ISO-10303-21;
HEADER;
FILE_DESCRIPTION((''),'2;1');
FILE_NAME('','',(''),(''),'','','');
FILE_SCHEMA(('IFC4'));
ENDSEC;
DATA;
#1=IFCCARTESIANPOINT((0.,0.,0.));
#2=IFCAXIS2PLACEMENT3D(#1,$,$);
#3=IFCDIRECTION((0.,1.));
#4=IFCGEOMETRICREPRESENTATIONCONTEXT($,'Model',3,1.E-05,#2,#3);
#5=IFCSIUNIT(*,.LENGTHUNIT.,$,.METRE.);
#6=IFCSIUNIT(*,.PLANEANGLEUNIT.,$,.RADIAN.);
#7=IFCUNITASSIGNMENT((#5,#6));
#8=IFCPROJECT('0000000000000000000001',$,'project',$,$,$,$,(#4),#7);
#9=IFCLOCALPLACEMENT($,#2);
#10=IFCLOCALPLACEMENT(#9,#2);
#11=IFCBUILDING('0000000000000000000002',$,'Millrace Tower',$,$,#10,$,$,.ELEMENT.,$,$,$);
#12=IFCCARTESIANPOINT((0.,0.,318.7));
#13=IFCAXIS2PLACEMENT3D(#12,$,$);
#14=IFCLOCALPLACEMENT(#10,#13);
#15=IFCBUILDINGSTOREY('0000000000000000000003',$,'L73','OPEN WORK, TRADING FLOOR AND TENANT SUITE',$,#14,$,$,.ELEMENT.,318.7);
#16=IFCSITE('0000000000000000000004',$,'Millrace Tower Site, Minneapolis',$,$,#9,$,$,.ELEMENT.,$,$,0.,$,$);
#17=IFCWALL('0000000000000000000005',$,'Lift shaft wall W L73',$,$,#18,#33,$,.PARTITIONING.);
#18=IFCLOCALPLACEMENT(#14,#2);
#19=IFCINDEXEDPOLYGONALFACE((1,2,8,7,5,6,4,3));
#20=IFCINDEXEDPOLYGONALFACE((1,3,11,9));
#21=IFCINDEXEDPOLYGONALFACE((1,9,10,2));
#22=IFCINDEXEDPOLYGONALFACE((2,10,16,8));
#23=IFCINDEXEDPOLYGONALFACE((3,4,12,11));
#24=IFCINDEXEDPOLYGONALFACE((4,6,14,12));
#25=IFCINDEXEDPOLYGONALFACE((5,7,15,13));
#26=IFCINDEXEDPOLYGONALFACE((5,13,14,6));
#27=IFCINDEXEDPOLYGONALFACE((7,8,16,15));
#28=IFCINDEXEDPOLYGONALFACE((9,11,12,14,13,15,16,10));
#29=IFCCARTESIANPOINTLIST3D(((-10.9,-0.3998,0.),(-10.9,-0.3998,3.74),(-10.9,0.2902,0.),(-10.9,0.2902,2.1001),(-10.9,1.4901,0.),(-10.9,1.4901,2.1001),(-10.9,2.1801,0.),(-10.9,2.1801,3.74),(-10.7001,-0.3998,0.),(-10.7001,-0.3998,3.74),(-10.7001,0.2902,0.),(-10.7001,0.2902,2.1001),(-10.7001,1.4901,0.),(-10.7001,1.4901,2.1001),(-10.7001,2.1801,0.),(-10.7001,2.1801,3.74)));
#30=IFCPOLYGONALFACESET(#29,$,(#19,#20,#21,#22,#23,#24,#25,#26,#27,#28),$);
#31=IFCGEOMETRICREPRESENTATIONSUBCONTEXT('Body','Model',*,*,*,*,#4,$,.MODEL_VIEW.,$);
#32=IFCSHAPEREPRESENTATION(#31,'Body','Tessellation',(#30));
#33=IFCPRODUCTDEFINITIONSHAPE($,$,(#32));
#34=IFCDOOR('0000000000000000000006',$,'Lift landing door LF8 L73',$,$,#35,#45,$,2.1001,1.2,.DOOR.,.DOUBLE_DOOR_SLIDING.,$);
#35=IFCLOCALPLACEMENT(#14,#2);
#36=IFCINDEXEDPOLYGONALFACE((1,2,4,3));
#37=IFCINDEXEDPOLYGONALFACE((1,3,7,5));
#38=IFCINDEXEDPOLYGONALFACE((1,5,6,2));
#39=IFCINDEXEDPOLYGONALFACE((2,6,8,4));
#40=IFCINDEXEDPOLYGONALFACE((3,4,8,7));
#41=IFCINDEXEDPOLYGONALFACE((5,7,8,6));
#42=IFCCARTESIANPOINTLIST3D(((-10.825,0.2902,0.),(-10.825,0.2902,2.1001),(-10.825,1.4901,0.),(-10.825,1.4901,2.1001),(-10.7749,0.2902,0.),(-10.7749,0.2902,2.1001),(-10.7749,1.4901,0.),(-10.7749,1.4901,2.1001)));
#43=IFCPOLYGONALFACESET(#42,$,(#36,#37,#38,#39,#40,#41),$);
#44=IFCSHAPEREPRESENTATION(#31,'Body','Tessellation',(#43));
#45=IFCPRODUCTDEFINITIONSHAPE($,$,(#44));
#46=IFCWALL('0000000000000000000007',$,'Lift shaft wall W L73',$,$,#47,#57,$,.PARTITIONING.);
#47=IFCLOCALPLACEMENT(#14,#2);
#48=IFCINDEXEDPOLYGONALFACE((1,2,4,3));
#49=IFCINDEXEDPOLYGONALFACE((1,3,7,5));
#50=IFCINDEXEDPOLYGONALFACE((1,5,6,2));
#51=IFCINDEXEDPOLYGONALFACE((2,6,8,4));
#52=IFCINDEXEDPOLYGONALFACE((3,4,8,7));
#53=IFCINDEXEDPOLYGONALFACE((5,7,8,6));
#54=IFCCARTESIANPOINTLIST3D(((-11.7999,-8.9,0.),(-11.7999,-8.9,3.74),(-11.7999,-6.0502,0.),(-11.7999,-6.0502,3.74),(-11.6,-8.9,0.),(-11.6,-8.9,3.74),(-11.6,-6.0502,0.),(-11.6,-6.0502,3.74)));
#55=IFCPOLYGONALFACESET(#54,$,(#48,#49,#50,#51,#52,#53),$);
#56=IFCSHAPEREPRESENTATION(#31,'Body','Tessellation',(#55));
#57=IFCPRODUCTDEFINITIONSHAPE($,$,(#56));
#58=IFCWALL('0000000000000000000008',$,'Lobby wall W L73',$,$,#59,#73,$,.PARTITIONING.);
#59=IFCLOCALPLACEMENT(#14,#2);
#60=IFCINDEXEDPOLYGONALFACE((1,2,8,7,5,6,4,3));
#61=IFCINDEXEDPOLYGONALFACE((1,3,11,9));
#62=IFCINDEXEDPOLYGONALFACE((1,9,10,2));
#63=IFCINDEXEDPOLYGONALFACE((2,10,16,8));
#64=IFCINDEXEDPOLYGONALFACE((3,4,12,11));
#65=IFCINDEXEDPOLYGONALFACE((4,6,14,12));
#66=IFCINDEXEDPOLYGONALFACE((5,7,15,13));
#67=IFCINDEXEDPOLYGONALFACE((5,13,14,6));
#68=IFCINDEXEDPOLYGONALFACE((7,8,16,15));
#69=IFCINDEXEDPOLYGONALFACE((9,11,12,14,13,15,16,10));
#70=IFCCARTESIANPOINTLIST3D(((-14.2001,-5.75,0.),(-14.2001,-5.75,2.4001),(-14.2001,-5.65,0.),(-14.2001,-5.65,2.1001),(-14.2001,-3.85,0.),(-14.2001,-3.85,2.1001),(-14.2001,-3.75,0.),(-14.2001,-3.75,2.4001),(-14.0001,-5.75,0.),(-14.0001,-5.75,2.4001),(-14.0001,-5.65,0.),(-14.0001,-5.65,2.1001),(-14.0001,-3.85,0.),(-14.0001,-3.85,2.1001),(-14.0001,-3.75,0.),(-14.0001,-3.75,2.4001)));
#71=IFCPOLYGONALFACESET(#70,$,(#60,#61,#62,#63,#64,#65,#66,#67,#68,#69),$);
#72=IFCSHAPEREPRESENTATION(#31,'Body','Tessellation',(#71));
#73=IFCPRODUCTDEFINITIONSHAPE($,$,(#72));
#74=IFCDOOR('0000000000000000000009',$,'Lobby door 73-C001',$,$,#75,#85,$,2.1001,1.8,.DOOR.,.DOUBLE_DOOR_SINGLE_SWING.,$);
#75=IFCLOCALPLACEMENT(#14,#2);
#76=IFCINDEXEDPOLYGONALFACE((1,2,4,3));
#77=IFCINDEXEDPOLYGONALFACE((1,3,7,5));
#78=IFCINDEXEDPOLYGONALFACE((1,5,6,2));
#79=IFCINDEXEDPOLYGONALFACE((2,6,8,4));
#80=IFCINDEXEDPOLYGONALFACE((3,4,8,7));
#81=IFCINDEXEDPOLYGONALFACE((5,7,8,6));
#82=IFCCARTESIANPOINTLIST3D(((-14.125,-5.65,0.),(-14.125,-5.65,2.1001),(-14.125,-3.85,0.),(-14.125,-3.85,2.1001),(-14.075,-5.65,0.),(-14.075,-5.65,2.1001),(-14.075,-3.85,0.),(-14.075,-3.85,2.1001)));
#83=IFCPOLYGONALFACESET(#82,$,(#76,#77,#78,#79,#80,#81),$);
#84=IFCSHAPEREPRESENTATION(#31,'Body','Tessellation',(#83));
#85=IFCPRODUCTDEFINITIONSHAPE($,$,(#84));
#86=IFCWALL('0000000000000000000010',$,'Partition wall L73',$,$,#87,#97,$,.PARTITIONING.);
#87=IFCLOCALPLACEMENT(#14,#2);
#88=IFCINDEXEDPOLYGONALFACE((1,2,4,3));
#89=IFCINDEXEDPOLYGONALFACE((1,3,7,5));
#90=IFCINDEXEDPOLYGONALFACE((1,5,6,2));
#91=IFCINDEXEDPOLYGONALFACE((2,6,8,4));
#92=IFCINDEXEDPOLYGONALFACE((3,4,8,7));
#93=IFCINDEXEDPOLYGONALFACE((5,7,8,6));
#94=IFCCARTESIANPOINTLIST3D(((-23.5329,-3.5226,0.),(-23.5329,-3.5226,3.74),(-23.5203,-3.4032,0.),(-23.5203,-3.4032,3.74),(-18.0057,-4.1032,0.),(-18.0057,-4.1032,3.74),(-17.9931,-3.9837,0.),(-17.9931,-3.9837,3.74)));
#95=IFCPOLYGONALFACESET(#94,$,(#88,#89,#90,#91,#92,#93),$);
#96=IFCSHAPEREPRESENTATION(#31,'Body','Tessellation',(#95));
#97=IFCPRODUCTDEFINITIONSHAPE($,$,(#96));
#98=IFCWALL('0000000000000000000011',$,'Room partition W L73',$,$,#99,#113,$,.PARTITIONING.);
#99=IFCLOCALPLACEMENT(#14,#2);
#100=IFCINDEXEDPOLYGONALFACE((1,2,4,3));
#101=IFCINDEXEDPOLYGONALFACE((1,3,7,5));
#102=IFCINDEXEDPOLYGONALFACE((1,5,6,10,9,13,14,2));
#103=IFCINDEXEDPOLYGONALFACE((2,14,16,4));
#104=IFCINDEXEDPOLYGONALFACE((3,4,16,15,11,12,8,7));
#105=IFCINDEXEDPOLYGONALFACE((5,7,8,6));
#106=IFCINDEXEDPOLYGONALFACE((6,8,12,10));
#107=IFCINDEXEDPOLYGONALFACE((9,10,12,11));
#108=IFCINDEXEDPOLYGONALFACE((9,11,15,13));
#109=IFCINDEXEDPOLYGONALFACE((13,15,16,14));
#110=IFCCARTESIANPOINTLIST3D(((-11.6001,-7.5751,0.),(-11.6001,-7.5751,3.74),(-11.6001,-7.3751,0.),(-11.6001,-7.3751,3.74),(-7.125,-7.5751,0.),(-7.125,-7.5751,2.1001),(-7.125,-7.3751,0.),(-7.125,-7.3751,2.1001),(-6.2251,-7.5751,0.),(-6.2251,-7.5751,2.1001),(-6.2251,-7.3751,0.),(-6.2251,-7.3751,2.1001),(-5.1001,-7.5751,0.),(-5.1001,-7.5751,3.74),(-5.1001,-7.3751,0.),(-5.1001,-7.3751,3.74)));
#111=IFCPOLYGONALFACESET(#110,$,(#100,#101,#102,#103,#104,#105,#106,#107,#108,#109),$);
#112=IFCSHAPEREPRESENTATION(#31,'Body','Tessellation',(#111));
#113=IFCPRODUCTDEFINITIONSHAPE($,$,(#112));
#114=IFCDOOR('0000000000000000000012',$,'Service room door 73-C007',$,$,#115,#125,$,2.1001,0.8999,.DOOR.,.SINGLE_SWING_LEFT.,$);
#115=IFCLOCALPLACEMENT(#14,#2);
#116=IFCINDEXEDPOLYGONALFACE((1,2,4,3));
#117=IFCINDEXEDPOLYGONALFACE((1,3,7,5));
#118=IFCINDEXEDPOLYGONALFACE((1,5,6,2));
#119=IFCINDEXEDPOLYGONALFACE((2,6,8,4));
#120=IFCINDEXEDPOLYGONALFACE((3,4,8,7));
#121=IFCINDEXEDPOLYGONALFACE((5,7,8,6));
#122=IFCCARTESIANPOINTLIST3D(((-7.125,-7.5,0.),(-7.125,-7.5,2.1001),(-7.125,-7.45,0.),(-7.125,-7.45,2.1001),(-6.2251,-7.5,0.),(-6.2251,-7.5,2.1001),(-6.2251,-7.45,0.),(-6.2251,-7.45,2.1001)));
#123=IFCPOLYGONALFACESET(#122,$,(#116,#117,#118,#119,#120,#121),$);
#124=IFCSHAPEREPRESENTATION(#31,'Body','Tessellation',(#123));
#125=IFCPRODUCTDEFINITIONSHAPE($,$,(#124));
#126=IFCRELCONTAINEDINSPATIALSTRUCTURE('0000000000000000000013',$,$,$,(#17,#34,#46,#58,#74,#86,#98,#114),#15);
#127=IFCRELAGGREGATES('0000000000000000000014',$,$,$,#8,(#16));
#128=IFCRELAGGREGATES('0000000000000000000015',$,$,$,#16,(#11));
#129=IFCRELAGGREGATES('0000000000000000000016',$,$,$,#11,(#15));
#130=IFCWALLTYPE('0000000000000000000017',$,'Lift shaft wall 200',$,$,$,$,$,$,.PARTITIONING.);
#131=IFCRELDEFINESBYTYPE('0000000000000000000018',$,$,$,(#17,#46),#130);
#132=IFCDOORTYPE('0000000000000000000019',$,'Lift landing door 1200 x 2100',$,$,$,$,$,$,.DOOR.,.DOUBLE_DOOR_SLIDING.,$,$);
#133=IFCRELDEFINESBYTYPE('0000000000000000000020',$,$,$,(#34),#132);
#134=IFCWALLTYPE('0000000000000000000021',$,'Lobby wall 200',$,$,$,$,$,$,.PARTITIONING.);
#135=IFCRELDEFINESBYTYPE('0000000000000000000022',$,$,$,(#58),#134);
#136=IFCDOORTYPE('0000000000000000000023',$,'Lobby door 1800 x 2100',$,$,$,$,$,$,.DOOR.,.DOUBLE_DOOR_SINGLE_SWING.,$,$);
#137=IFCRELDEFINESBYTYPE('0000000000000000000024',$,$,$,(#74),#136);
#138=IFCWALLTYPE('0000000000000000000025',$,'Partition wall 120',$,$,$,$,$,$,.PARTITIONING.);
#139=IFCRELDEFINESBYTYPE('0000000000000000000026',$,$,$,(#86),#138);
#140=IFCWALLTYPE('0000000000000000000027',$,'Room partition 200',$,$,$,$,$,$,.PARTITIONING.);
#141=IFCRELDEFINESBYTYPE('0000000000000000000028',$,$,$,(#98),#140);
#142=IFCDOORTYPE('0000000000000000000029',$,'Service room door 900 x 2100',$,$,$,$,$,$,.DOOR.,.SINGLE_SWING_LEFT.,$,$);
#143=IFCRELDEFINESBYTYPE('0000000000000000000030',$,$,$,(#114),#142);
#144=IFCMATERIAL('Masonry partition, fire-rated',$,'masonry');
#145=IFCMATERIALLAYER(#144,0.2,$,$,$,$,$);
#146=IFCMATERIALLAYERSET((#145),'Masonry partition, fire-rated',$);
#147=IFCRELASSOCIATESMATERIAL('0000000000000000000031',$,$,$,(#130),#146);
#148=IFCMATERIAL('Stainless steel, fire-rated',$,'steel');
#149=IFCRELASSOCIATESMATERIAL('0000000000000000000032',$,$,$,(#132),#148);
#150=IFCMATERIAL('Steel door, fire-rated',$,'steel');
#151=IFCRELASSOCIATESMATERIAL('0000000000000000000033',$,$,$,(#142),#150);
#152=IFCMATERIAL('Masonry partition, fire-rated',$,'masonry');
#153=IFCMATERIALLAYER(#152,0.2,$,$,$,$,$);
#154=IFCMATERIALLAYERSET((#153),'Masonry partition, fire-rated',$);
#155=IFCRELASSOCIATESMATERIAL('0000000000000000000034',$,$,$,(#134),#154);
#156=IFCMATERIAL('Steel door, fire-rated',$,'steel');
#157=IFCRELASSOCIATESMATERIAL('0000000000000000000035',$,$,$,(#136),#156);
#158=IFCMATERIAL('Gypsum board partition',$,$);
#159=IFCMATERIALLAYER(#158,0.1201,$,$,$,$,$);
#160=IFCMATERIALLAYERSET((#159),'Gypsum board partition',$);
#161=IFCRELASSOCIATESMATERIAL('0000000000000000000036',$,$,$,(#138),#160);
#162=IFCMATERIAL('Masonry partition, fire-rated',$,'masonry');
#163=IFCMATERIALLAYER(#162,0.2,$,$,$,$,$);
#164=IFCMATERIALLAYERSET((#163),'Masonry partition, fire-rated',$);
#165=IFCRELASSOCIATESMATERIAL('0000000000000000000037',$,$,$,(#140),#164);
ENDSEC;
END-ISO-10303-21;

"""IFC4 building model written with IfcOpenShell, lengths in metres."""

from ifc_helpers import new_model, si_unit, direction, frame, frame_2d, origin, place, context, subcontext, project, spatial, rectangle, extrude, material, layer, layer_set, type_object, element, fill, save


model = new_model("IFC4")

# Units and contexts
model_context = context("Model", 3, precision=1e-05, world=origin(), true_north=direction((0.0, 1.0)))
body_context = subcontext(model_context, "Body", "Model", "MODEL_VIEW")
ifc_project = project(units=[si_unit("LENGTHUNIT", "METRE"), si_unit("PLANEANGLEUNIT", "RADIAN")], contexts=[model_context])

# Site, building, storey
site_placement = place(None, origin())
site = spatial("IfcSite", under=ifc_project, at=site_placement, Name="Millrace Tower Site, Minneapolis", CompositionType="ELEMENT", RefElevation=0.0)
building_placement = place(site_placement, origin())
building = spatial("IfcBuilding", under=site, at=building_placement, Name="Millrace Tower", CompositionType="ELEMENT")
storey_placement = place(building_placement, frame((0.0, 0.0, 318.7)))
storey = spatial("IfcBuildingStorey", under=building, at=storey_placement, Name="L73", Description="OPEN WORK, TRADING FLOOR AND TENANT SUITE", CompositionType="ELEMENT", Elevation=318.7)

# Shared definitions
ifc_material_1 = material(Name="Masonry partition, fire-rated", Category="masonry")
ifc_layer_1 = layer(ifc_material_1, 0.2)
ifc_layer_set_1 = layer_set([ifc_layer_1], Name="Masonry partition, fire-rated")
wall_type_1 = type_object("IfcWallType", Name="Lift shaft wall 200", PredefinedType="PARTITIONING", material=ifc_layer_set_1)
ifc_material_2 = material(Name="Stainless steel, fire-rated", Category="steel")
door_type_1 = type_object("IfcDoorType", Name="Lift landing door 1200 x 2100", OperationType="DOUBLE_DOOR_SLIDING", PredefinedType="DOOR", material=ifc_material_2)
ifc_material_3 = material(Name="Steel door, fire-rated", Category="steel")
door_type_2 = type_object("IfcDoorType", Name="Service room door 900 x 2100", OperationType="SINGLE_SWING_LEFT", PredefinedType="DOOR", material=ifc_material_3)

# Wall, opening, door
wall_1_placement = place(storey_placement, frame((-10.8, -0.3999, 0.0), z_axis=(0.0, 0.0, 1.0), x_axis=(0.0, 1.0, 0.0)))
wall_1 = element("IfcWall", 1, at=wall_1_placement, inside=storey, type_object=wall_type_1, Name="Lift shaft wall W L73", PredefinedType="PARTITIONING", context=body_context, shape_type="SweptSolid", body=[
    extrude(rectangle(XDim=2.5798, YDim=0.2, at=frame_2d((1.29, 0.0))), origin(), (0.0, 0.0, 1.0), 3.74),
])
opening_1_placement = place(wall_1_placement, frame((0.6899, 0.0, 0.0)))
opening_1 = element("IfcOpeningElement", 2, at=opening_1_placement, cuts=wall_1, PredefinedType="OPENING", context=body_context, shape_type="SweptSolid", body=[
    extrude(rectangle(XDim=1.2, YDim=2.1001, at=frame_2d((0.6001, 1.05))), frame((0.0, 0.1099, 0.0), z_axis=(0.0, -1.0, 0.0), x_axis=(1.0, 0.0, 0.0)), (0.0, 0.0, 1.0), 0.22),
])
door_1_placement = place(opening_1_placement, origin())
door_1 = element("IfcDoor", 3, at=door_1_placement, inside=storey, type_object=door_type_1, Name="Lift landing door LF8 L73", OperationType="DOUBLE_DOOR_SLIDING", OverallHeight=2.1001, OverallWidth=1.2, PredefinedType="DOOR", context=body_context, shape_type="SweptSolid", body=[
    extrude(rectangle(XDim=1.2, YDim=2.1001, at=frame_2d((0.6001, 1.05))), frame((0.0, 0.0249, 0.0), z_axis=(0.0, -1.0, 0.0), x_axis=(1.0, 0.0, 0.0)), (0.0, 0.0, 1.0), 0.05),
])
fill(opening_1, door_1)

# Wall
wall_2_placement = place(storey_placement, frame((-11.7, -8.8999, 0.0), z_axis=(0.0, 0.0, 1.0), x_axis=(0.0, 1.0, 0.0)))
element("IfcWall", 4, at=wall_2_placement, inside=storey, type_object=wall_type_1, Name="Lift shaft wall W L73", PredefinedType="PARTITIONING", context=body_context, shape_type="SweptSolid", body=[
    extrude(rectangle(XDim=2.8499, YDim=0.2, at=frame_2d((1.4248, 0.0))), origin(), (0.0, 0.0, 1.0), 3.74),
])

# Wall, opening, door
ifc_material_4 = material(Name="Masonry partition, fire-rated", Category="masonry")
ifc_layer_2 = layer(ifc_material_4, 0.2)
ifc_layer_set_2 = layer_set([ifc_layer_2], Name="Masonry partition, fire-rated")
wall_type_2 = type_object("IfcWallType", Name="Lobby wall 200", PredefinedType="PARTITIONING", material=ifc_layer_set_2)
wall_3_placement = place(storey_placement, frame((-14.1001, -5.75, 0.0), z_axis=(0.0, 0.0, 1.0), x_axis=(0.0, 1.0, 0.0)))
wall_3 = element("IfcWall", 5, at=wall_3_placement, inside=storey, type_object=wall_type_2, Name="Lobby wall W L73", PredefinedType="PARTITIONING", context=body_context, shape_type="SweptSolid", body=[
    extrude(rectangle(XDim=2.0, YDim=0.2, at=frame_2d((1.0, 0.0))), origin(), (0.0, 0.0, 1.0), 2.4001),
])
opening_2_placement = place(wall_3_placement, frame((0.1001, 0.0, 0.0)))
opening_2 = element("IfcOpeningElement", 6, at=opening_2_placement, cuts=wall_3, PredefinedType="OPENING", context=body_context, shape_type="SweptSolid", body=[
    extrude(rectangle(XDim=1.8, YDim=2.1001, at=frame_2d((0.8999, 1.05))), frame((0.0, 0.1099, 0.0), z_axis=(0.0, -1.0, 0.0), x_axis=(1.0, 0.0, 0.0)), (0.0, 0.0, 1.0), 0.22),
])
ifc_material_5 = material(Name="Steel door, fire-rated", Category="steel")
door_type_3 = type_object("IfcDoorType", Name="Lobby door 1800 x 2100", OperationType="DOUBLE_DOOR_SINGLE_SWING", PredefinedType="DOOR", material=ifc_material_5)
door_2_placement = place(opening_2_placement, origin())
door_2 = element("IfcDoor", 7, at=door_2_placement, inside=storey, type_object=door_type_3, Name="Lobby door 73-C001", OperationType="DOUBLE_DOOR_SINGLE_SWING", OverallHeight=2.1001, OverallWidth=1.8, PredefinedType="DOOR", context=body_context, shape_type="SweptSolid", body=[
    extrude(rectangle(XDim=1.8, YDim=2.1001, at=frame_2d((0.8999, 1.05))), frame((0.0, 0.0249, 0.0), z_axis=(0.0, -1.0, 0.0), x_axis=(1.0, 0.0, 0.0)), (0.0, 0.0, 1.0), 0.05),
])
fill(opening_2, door_2)

# Wall
ifc_material_6 = material(Name="Gypsum board partition")
ifc_layer_3 = layer(ifc_material_6, 0.1201)
ifc_layer_set_3 = layer_set([ifc_layer_3], Name="Gypsum board partition")
wall_type_3 = type_object("IfcWallType", Name="Partition wall 120", PredefinedType="PARTITIONING", material=ifc_layer_set_3)
wall_4_placement = place(storey_placement, frame((-23.5266, -3.4629, 0.0), z_axis=(0.0, 0.0, 1.0), x_axis=(0.994529, -0.104465, 0.0)))
element("IfcWall", 8, at=wall_4_placement, inside=storey, type_object=wall_type_3, Name="Partition wall L73", PredefinedType="PARTITIONING", context=body_context, shape_type="SweptSolid", body=[
    extrude(rectangle(XDim=5.5576, YDim=0.1201, at=frame_2d((2.7788, 0.0))), origin(), (0.0, 0.0, 1.0), 3.74),
])

# Wall, opening, door
ifc_material_7 = material(Name="Masonry partition, fire-rated", Category="masonry")
ifc_layer_4 = layer(ifc_material_7, 0.2)
ifc_layer_set_4 = layer_set([ifc_layer_4], Name="Masonry partition, fire-rated")
wall_type_4 = type_object("IfcWallType", Name="Room partition 200", PredefinedType="PARTITIONING", material=ifc_layer_set_4)
wall_5_placement = place(storey_placement, frame((-11.6001, -7.4751, 0.0), z_axis=(0.0, 0.0, 1.0), x_axis=(1.0, 0.0, 0.0)))
wall_5 = element("IfcWall", 9, at=wall_5_placement, inside=storey, type_object=wall_type_4, Name="Room partition W L73", PredefinedType="PARTITIONING", context=body_context, shape_type="SweptSolid", body=[
    extrude(rectangle(XDim=6.5, YDim=0.2, at=frame_2d((3.25, 0.0))), origin(), (0.0, 0.0, 1.0), 3.74),
])
opening_3_placement = place(wall_5_placement, frame((4.4751, 0.0, 0.0)))
opening_3 = element("IfcOpeningElement", 10, at=opening_3_placement, cuts=wall_5, PredefinedType="OPENING", context=body_context, shape_type="SweptSolid", body=[
    extrude(rectangle(XDim=0.8999, YDim=2.1001, at=frame_2d((0.45, 1.05))), frame((0.0, 0.1099, 0.0), z_axis=(0.0, -1.0, 0.0), x_axis=(1.0, 0.0, 0.0)), (0.0, 0.0, 1.0), 0.22),
])
door_3_placement = place(opening_3_placement, frame((0.8999, 0.0, 0.0), z_axis=(0.0, 0.0, 1.0), x_axis=(-1.0, 0.0, 0.0)))
door_3 = element("IfcDoor", 11, at=door_3_placement, inside=storey, type_object=door_type_2, Name="Service room door 73-C007", OperationType="SINGLE_SWING_LEFT", OverallHeight=2.1001, OverallWidth=0.8999, PredefinedType="DOOR", context=body_context, shape_type="SweptSolid", body=[
    extrude(rectangle(XDim=0.8999, YDim=2.1001, at=frame_2d((0.45, 1.05))), frame((0.0, 0.0249, 0.0), z_axis=(0.0, -1.0, 0.0), x_axis=(1.0, 0.0, 0.0)), (0.0, 0.0, 1.0), 0.05),
])
fill(opening_3, door_3)

save(model, "model.ifc")
